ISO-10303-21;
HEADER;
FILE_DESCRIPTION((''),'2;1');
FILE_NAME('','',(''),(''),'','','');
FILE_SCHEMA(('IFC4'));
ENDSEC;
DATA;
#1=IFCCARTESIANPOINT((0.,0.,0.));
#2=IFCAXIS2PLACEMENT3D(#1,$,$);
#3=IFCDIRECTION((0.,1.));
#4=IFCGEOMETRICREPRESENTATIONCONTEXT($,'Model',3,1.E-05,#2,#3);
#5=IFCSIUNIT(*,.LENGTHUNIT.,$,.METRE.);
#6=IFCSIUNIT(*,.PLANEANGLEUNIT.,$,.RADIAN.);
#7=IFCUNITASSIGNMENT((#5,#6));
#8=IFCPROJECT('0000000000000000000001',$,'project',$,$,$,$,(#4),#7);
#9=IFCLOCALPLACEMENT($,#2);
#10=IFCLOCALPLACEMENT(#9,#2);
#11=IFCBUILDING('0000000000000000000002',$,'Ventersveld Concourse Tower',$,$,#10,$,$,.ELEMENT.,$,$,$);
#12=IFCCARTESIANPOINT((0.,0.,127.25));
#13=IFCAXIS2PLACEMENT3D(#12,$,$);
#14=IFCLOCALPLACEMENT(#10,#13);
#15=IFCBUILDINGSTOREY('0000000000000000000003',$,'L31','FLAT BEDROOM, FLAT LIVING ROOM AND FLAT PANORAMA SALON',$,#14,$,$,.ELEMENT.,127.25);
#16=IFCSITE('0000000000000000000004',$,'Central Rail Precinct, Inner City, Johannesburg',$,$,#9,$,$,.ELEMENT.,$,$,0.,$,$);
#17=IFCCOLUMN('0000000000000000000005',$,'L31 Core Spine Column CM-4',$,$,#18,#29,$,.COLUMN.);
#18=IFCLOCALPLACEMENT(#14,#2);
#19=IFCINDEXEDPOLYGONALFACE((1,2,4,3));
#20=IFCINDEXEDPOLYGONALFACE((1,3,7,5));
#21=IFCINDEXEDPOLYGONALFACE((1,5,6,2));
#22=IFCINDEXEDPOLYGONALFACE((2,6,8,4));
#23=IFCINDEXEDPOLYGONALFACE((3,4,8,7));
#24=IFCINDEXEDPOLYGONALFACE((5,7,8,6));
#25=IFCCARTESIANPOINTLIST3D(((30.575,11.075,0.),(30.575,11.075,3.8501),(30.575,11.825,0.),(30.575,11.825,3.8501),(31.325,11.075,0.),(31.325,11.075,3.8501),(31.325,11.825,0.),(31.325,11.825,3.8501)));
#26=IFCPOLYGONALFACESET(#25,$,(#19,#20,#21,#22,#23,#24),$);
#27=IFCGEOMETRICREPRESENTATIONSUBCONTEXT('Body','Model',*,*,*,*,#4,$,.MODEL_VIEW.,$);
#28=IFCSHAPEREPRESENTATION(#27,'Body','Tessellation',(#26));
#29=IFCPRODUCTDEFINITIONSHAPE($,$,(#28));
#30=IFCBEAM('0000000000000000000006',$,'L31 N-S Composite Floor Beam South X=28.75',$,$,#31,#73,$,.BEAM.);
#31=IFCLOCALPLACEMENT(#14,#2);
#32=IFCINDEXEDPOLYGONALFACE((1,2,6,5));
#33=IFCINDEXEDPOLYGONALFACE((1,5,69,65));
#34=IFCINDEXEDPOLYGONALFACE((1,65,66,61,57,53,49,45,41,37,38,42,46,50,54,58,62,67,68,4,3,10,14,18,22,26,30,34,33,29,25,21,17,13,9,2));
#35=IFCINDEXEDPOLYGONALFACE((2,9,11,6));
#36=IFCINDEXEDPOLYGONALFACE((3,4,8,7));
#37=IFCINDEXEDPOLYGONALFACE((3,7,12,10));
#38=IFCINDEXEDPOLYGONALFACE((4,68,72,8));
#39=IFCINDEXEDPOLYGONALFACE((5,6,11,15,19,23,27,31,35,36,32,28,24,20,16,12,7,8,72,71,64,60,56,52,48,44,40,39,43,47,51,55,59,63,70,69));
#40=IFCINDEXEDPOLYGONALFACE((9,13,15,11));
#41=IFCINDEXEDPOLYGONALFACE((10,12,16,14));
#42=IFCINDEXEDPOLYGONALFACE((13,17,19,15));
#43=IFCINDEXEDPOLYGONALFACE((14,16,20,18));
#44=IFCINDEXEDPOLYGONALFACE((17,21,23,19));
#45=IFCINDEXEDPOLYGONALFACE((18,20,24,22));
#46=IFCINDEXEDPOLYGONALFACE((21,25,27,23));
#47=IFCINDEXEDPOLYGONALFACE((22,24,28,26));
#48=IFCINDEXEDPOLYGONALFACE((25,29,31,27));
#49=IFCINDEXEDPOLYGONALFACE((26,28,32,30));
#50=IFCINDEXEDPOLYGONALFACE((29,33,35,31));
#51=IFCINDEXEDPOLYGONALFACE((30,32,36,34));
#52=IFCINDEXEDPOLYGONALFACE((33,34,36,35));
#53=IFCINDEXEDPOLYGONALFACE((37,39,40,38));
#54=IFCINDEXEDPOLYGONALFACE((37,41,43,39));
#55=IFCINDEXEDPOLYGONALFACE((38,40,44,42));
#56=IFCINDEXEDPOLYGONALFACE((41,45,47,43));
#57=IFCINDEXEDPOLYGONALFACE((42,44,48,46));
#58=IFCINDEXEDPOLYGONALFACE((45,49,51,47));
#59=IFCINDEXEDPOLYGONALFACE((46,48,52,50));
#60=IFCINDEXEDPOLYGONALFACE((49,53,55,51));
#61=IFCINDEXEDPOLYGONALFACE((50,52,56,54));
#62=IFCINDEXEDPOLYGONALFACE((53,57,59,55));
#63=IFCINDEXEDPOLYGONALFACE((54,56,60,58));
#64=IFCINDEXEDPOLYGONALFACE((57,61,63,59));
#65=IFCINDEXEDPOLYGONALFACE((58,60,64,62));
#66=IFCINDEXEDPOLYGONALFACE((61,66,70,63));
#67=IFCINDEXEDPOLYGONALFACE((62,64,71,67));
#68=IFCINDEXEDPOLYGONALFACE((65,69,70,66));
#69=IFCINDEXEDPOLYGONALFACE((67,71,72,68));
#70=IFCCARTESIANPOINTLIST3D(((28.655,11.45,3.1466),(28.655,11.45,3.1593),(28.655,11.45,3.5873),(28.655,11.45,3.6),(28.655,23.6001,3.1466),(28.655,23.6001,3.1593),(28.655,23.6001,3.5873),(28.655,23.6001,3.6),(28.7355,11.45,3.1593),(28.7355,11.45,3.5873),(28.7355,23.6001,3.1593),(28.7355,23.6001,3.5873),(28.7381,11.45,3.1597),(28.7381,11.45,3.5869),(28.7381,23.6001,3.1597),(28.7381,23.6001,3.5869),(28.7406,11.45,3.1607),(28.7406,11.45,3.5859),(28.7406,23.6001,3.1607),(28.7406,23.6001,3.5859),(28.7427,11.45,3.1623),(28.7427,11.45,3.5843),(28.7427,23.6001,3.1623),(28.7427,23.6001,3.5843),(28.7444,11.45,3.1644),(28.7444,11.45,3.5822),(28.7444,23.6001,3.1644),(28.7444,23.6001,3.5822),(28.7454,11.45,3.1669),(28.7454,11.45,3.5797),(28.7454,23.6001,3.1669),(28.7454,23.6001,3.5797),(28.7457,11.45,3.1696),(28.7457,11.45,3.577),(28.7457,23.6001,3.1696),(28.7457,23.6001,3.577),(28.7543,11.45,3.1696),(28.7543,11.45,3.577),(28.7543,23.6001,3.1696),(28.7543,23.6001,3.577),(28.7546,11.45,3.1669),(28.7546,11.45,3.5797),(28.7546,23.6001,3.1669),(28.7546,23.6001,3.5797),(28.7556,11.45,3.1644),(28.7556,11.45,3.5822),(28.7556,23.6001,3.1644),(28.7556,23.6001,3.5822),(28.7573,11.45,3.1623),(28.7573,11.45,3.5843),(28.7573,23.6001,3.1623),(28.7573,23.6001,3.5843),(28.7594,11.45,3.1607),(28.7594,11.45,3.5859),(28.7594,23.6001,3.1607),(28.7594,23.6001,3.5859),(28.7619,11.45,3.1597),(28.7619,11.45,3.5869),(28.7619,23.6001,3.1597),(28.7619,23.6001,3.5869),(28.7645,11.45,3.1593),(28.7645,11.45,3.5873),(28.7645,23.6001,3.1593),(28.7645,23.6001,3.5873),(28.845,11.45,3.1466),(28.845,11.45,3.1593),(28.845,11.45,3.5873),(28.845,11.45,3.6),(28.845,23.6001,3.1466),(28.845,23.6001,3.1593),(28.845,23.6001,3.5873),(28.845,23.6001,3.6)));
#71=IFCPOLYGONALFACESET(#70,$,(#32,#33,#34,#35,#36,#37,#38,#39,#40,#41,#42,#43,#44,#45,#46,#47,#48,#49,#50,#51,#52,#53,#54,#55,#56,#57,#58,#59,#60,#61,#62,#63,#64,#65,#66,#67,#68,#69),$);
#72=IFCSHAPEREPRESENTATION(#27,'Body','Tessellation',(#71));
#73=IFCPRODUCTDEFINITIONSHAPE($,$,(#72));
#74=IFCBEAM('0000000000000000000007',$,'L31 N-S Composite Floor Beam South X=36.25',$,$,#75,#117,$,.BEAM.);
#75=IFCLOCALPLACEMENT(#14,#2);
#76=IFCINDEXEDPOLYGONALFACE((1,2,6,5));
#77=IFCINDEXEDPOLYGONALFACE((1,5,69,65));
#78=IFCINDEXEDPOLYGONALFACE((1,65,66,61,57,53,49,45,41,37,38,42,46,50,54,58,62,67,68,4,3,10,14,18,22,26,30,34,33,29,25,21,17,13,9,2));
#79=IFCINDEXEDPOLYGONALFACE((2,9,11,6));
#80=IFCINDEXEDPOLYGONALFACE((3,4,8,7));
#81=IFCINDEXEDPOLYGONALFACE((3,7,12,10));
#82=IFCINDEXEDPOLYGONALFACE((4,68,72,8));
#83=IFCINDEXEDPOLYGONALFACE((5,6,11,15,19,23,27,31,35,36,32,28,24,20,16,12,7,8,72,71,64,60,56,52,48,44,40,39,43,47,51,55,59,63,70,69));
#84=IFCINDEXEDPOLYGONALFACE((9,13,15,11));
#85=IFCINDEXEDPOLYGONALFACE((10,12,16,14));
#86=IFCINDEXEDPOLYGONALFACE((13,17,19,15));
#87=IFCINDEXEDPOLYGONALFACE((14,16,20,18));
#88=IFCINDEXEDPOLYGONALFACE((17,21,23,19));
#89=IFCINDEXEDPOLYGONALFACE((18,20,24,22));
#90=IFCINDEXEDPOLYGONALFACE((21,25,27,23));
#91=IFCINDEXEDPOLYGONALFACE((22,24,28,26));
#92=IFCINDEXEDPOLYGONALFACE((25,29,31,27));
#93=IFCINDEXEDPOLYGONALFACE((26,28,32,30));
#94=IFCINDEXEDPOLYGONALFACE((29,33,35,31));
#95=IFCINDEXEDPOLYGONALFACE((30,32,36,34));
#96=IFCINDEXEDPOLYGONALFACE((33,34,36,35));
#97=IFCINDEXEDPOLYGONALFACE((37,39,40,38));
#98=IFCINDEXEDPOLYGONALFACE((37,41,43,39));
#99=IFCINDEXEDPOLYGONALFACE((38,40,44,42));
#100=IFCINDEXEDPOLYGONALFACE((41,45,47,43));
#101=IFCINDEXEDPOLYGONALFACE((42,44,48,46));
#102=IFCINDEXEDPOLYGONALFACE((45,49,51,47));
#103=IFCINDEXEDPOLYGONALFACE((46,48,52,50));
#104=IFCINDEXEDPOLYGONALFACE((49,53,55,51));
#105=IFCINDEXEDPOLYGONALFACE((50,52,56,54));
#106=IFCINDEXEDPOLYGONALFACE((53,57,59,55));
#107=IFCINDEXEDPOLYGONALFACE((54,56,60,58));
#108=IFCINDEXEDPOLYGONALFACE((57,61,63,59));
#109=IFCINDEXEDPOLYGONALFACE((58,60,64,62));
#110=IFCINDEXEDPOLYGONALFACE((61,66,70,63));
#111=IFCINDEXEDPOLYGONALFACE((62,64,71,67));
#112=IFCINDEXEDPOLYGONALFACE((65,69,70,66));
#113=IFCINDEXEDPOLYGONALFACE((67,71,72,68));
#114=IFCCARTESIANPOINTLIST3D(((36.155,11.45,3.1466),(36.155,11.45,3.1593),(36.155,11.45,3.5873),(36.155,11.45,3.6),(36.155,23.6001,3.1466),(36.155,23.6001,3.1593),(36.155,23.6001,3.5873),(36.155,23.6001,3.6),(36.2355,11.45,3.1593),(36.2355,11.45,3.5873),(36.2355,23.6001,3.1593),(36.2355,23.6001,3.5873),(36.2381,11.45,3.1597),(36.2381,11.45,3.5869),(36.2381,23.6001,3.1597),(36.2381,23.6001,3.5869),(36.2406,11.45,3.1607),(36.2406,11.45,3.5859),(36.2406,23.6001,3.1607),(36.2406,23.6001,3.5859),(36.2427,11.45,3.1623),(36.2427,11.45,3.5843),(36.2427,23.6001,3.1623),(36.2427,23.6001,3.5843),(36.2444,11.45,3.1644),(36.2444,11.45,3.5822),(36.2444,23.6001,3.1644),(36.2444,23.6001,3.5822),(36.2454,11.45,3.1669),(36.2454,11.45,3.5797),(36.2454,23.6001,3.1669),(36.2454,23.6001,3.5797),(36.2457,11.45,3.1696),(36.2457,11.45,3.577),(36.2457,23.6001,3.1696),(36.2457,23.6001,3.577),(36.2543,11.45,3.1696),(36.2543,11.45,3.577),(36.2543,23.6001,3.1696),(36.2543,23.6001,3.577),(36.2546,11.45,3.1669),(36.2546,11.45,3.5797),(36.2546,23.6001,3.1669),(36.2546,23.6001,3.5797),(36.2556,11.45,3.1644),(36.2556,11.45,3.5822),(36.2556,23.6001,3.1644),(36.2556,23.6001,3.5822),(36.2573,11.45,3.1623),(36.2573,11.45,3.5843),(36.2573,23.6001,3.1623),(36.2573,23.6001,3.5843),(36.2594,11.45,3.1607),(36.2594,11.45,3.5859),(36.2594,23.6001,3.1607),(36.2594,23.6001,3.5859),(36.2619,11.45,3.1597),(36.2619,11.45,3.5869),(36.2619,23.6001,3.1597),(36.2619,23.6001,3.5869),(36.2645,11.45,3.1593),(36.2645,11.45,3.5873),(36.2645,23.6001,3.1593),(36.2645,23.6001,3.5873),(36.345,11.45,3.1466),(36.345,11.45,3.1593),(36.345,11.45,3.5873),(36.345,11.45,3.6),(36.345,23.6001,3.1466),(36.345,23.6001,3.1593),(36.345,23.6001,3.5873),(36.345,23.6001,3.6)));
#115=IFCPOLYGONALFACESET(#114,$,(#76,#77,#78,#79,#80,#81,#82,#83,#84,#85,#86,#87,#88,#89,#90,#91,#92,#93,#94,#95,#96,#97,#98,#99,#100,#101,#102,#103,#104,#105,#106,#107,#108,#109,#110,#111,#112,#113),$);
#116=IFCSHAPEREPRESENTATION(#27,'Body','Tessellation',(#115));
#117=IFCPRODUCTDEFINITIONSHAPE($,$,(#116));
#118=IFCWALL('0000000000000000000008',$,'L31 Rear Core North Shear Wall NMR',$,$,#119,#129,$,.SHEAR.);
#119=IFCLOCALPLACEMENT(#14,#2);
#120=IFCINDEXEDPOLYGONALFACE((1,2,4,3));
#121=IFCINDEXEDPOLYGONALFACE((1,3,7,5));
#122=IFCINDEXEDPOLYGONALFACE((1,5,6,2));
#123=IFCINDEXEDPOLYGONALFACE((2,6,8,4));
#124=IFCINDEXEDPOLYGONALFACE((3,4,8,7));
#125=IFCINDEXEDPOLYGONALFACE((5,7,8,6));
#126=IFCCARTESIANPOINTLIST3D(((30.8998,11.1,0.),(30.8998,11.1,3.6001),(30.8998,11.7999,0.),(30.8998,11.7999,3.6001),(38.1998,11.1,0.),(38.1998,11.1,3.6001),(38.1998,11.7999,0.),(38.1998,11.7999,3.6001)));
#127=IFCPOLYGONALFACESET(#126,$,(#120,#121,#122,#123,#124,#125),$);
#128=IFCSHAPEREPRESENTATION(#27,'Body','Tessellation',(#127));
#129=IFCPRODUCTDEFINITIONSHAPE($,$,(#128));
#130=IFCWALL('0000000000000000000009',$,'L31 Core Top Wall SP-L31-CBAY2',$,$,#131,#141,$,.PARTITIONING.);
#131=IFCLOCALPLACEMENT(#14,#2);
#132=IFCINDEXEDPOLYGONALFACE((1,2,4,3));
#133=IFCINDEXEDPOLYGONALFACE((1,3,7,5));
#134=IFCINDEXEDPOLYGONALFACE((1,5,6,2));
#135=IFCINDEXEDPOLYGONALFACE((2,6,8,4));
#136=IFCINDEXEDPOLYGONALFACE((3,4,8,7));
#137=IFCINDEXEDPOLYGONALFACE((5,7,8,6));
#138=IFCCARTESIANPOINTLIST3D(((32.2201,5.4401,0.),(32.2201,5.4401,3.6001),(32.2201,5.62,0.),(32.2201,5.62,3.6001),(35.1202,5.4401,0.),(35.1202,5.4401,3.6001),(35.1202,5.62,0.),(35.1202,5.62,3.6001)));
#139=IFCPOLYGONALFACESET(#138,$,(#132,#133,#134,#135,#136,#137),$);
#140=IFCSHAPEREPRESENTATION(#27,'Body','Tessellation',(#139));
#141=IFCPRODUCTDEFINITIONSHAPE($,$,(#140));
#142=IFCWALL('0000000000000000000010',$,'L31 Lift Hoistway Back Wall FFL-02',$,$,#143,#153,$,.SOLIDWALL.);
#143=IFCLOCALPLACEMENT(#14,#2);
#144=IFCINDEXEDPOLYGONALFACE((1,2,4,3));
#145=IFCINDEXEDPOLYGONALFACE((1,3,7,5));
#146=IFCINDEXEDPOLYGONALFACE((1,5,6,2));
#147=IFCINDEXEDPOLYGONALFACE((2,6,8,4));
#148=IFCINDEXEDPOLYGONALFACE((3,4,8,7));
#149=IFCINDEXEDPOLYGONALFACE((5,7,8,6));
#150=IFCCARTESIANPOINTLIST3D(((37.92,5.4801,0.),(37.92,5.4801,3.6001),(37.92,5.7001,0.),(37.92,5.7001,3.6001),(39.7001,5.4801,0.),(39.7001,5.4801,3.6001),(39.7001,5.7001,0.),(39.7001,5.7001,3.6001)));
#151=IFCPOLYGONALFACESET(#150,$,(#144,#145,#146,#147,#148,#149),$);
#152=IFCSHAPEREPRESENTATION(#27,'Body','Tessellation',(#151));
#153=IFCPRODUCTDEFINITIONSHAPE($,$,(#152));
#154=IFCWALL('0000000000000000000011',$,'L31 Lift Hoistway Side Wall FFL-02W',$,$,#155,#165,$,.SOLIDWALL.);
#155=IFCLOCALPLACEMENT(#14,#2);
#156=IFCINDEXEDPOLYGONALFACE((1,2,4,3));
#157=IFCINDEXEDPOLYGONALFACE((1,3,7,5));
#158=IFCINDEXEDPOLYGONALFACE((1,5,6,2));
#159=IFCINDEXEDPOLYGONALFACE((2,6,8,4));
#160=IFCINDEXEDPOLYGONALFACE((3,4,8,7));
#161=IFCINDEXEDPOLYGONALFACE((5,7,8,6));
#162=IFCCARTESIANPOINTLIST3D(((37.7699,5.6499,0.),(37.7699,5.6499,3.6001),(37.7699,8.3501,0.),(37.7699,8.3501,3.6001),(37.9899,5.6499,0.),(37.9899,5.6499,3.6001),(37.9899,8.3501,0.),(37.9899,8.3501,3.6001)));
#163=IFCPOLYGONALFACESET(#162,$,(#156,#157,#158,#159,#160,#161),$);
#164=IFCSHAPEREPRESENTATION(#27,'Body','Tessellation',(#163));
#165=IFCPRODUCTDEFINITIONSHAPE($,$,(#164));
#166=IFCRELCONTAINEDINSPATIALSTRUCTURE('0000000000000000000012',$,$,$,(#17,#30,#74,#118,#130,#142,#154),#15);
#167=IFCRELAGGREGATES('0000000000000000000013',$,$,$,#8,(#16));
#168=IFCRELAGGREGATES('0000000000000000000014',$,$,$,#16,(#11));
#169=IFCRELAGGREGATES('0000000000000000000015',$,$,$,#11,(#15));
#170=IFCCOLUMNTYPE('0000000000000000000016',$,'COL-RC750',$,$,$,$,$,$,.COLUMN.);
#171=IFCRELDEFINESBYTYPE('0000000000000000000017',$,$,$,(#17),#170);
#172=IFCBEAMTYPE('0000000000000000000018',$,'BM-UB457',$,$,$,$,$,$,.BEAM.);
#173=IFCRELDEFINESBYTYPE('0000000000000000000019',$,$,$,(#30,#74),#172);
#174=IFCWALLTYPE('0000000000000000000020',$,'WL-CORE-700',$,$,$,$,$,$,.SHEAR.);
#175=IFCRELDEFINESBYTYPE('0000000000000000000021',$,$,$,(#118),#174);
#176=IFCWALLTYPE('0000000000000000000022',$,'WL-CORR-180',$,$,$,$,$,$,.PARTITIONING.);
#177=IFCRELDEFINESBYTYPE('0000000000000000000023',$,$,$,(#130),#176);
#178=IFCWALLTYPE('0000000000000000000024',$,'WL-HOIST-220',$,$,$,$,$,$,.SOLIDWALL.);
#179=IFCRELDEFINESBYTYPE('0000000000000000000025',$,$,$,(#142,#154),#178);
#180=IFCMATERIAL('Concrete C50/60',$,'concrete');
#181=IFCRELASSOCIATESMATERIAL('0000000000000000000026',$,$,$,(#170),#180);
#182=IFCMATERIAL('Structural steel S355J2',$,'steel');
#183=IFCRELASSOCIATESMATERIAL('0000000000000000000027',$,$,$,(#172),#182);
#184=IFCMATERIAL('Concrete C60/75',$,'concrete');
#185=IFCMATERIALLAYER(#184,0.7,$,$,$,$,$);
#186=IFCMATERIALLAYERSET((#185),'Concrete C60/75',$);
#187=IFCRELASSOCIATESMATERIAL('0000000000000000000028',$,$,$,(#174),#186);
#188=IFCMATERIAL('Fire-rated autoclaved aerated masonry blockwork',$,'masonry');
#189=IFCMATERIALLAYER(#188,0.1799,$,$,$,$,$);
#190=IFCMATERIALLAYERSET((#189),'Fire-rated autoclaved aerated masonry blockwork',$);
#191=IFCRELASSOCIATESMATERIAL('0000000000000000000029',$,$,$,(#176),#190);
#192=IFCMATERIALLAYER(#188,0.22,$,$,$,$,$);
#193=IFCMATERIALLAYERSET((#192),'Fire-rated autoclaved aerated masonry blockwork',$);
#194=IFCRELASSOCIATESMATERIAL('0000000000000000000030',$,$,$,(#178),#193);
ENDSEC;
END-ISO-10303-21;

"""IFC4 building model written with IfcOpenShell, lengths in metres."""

from ifc_helpers import new_model, si_unit, direction, frame, frame_2d, origin, origin_2d, place, context, subcontext, project, spatial, rectangle, i_section, extrude, material, layer, layer_set, material_profile, profile_set, type_object, element, save


model = new_model("IFC4")

# Units and contexts
model_context = context("Model", 3, precision=1e-05, world=origin(), true_north=direction((0.0, 1.0)))
body_context = subcontext(model_context, "Body", "Model", "MODEL_VIEW")
ifc_project = project(units=[si_unit("LENGTHUNIT", "METRE"), si_unit("PLANEANGLEUNIT", "RADIAN")], contexts=[model_context])

# Site, building, storey
site_placement = place(None, origin())
site = spatial("IfcSite", under=ifc_project, at=site_placement, Name="Central Rail Precinct, Inner City, Johannesburg", CompositionType="ELEMENT", RefElevation=0.0)
building_placement = place(site_placement, origin())
building = spatial("IfcBuilding", under=site, at=building_placement, Name="Ventersveld Concourse Tower", CompositionType="ELEMENT")
storey_placement = place(building_placement, frame((0.0, 0.0, 127.25)))
storey = spatial("IfcBuildingStorey", under=building, at=storey_placement, Name="L31", Description="FLAT BEDROOM, FLAT LIVING ROOM AND FLAT PANORAMA SALON", CompositionType="ELEMENT", Elevation=127.25)

# Column
ifc_material_1 = material(Name="Concrete C50/60", Category="concrete")
ifc_material_profile_1 = material_profile(ifc_material_1, rectangle(XDim=0.75, YDim=0.75, at=origin_2d()), Name="RC 750x750")
ifc_profile_set_1 = profile_set([ifc_material_profile_1], Name="Concrete C50/60")
column_type = type_object("IfcColumnType", Name="COL-RC750", PredefinedType="COLUMN", material=ifc_profile_set_1)
column_placement = place(storey_placement, frame((30.95, 11.45, 0.0), z_axis=(0.0, 0.0, 1.0), x_axis=(1.0, 0.0, 0.0)))
element("IfcColumn", 1, at=column_placement, inside=storey, type_object=column_type, Name="L31 Core Spine Column CM-4", PredefinedType="COLUMN", context=body_context, shape_type="SweptSolid", body=[
    extrude(rectangle(XDim=0.75, YDim=0.75, at=origin_2d()), origin(), (0.0, 0.0, 1.0), 3.8501),
])

# Beams
ifc_material_2 = material(Name="Structural steel S355J2", Category="steel")
ifc_material_profile_2 = material_profile(ifc_material_2, i_section(OverallWidth=0.1899, OverallDepth=0.4534, WebThickness=0.0085, FlangeThickness=0.0127, FilletRadius=0.0103, at=origin_2d()), Name="UB 457x191x67")
ifc_profile_set_2 = profile_set([ifc_material_profile_2], Name="Structural steel S355J2")
beam_type = type_object("IfcBeamType", Name="BM-UB457", PredefinedType="BEAM", material=ifc_profile_set_2)
for number, where, z_axis, x_axis, name in (
    (2, (28.75, 11.45, 3.3733), (0.0, 1.0, 0.0), (-1.0, 0.0, 0.0), "L31 N-S Composite Floor Beam South X=28.75"),
    (3, (36.25, 11.45, 3.3733), (0.0, 1.0, 0.0), (-1.0, 0.0, 0.0), "L31 N-S Composite Floor Beam South X=36.25"),
):
    element("IfcBeam", number, at=place(storey_placement, frame(where, z_axis=z_axis, x_axis=x_axis)), inside=storey, type_object=beam_type, Name=name, PredefinedType="BEAM", context=body_context, shape_type="SweptSolid", body=[
        extrude(i_section(OverallWidth=0.1899, OverallDepth=0.4534, WebThickness=0.0085, FlangeThickness=0.0127, FilletRadius=0.0103, at=origin_2d()), origin(), (0.0, 0.0, 1.0), 12.1501),
    ])

# Walls
ifc_material_3 = material(Name="Concrete C60/75", Category="concrete")
ifc_layer_1 = layer(ifc_material_3, 0.7)
ifc_layer_set_1 = layer_set([ifc_layer_1], Name="Concrete C60/75")
wall_type_1 = type_object("IfcWallType", Name="WL-CORE-700", PredefinedType="SHEAR", material=ifc_layer_set_1)
wall_1_placement = place(storey_placement, frame((30.8999, 11.45, 0.0), z_axis=(0.0, 0.0, 1.0), x_axis=(1.0, 0.0, 0.0)))
element("IfcWall", 4, at=wall_1_placement, inside=storey, type_object=wall_type_1, Name="L31 Rear Core North Shear Wall NMR", PredefinedType="SHEAR", context=body_context, shape_type="SweptSolid", body=[
    extrude(rectangle(XDim=7.3, YDim=0.7, at=frame_2d((3.6499, 0.0))), origin(), (0.0, 0.0, 1.0), 3.6001),
])
ifc_material_4 = material(Name="Fire-rated autoclaved aerated masonry blockwork", Category="masonry")
ifc_layer_2 = layer(ifc_material_4, 0.1799)
ifc_layer_set_2 = layer_set([ifc_layer_2], Name="Fire-rated autoclaved aerated masonry blockwork")
wall_type_2 = type_object("IfcWallType", Name="WL-CORR-180", PredefinedType="PARTITIONING", material=ifc_layer_set_2)
wall_2_placement = place(storey_placement, frame((32.22, 5.53, 0.0), z_axis=(0.0, 0.0, 1.0), x_axis=(1.0, 0.0, 0.0)))
element("IfcWall", 5, at=wall_2_placement, inside=storey, type_object=wall_type_2, Name="L31 Core Top Wall SP-L31-CBAY2", PredefinedType="PARTITIONING", context=body_context, shape_type="SweptSolid", body=[
    extrude(rectangle(XDim=2.9001, YDim=0.1799, at=frame_2d((1.4502, 0.0))), origin(), (0.0, 0.0, 1.0), 3.6001),
])
ifc_layer_3 = layer(ifc_material_4, 0.22)
ifc_layer_set_3 = layer_set([ifc_layer_3], Name="Fire-rated autoclaved aerated masonry blockwork")
wall_type_3 = type_object("IfcWallType", Name="WL-HOIST-220", PredefinedType="SOLIDWALL", material=ifc_layer_set_3)
wall_3_placement = place(storey_placement, frame((37.9199, 5.5901, 0.0), z_axis=(0.0, 0.0, 1.0), x_axis=(1.0, 0.0, 0.0)))
element("IfcWall", 6, at=wall_3_placement, inside=storey, type_object=wall_type_3, Name="L31 Lift Hoistway Back Wall FFL-02", PredefinedType="SOLIDWALL", context=body_context, shape_type="SweptSolid", body=[
    extrude(rectangle(XDim=1.78, YDim=0.22, at=frame_2d((0.8901, 0.0))), origin(), (0.0, 0.0, 1.0), 3.6001),
])
wall_4_placement = place(storey_placement, frame((37.8799, 5.6499, 0.0), z_axis=(0.0, 0.0, 1.0), x_axis=(0.0, 1.0, 0.0)))
element("IfcWall", 7, at=wall_4_placement, inside=storey, type_object=wall_type_3, Name="L31 Lift Hoistway Side Wall FFL-02W", PredefinedType="SOLIDWALL", context=body_context, shape_type="SweptSolid", body=[
    extrude(rectangle(XDim=2.7002, YDim=0.22, at=frame_2d((1.3501, 0.0))), origin(), (0.0, 0.0, 1.0), 3.6001),
])

save(model, "model.ifc")
